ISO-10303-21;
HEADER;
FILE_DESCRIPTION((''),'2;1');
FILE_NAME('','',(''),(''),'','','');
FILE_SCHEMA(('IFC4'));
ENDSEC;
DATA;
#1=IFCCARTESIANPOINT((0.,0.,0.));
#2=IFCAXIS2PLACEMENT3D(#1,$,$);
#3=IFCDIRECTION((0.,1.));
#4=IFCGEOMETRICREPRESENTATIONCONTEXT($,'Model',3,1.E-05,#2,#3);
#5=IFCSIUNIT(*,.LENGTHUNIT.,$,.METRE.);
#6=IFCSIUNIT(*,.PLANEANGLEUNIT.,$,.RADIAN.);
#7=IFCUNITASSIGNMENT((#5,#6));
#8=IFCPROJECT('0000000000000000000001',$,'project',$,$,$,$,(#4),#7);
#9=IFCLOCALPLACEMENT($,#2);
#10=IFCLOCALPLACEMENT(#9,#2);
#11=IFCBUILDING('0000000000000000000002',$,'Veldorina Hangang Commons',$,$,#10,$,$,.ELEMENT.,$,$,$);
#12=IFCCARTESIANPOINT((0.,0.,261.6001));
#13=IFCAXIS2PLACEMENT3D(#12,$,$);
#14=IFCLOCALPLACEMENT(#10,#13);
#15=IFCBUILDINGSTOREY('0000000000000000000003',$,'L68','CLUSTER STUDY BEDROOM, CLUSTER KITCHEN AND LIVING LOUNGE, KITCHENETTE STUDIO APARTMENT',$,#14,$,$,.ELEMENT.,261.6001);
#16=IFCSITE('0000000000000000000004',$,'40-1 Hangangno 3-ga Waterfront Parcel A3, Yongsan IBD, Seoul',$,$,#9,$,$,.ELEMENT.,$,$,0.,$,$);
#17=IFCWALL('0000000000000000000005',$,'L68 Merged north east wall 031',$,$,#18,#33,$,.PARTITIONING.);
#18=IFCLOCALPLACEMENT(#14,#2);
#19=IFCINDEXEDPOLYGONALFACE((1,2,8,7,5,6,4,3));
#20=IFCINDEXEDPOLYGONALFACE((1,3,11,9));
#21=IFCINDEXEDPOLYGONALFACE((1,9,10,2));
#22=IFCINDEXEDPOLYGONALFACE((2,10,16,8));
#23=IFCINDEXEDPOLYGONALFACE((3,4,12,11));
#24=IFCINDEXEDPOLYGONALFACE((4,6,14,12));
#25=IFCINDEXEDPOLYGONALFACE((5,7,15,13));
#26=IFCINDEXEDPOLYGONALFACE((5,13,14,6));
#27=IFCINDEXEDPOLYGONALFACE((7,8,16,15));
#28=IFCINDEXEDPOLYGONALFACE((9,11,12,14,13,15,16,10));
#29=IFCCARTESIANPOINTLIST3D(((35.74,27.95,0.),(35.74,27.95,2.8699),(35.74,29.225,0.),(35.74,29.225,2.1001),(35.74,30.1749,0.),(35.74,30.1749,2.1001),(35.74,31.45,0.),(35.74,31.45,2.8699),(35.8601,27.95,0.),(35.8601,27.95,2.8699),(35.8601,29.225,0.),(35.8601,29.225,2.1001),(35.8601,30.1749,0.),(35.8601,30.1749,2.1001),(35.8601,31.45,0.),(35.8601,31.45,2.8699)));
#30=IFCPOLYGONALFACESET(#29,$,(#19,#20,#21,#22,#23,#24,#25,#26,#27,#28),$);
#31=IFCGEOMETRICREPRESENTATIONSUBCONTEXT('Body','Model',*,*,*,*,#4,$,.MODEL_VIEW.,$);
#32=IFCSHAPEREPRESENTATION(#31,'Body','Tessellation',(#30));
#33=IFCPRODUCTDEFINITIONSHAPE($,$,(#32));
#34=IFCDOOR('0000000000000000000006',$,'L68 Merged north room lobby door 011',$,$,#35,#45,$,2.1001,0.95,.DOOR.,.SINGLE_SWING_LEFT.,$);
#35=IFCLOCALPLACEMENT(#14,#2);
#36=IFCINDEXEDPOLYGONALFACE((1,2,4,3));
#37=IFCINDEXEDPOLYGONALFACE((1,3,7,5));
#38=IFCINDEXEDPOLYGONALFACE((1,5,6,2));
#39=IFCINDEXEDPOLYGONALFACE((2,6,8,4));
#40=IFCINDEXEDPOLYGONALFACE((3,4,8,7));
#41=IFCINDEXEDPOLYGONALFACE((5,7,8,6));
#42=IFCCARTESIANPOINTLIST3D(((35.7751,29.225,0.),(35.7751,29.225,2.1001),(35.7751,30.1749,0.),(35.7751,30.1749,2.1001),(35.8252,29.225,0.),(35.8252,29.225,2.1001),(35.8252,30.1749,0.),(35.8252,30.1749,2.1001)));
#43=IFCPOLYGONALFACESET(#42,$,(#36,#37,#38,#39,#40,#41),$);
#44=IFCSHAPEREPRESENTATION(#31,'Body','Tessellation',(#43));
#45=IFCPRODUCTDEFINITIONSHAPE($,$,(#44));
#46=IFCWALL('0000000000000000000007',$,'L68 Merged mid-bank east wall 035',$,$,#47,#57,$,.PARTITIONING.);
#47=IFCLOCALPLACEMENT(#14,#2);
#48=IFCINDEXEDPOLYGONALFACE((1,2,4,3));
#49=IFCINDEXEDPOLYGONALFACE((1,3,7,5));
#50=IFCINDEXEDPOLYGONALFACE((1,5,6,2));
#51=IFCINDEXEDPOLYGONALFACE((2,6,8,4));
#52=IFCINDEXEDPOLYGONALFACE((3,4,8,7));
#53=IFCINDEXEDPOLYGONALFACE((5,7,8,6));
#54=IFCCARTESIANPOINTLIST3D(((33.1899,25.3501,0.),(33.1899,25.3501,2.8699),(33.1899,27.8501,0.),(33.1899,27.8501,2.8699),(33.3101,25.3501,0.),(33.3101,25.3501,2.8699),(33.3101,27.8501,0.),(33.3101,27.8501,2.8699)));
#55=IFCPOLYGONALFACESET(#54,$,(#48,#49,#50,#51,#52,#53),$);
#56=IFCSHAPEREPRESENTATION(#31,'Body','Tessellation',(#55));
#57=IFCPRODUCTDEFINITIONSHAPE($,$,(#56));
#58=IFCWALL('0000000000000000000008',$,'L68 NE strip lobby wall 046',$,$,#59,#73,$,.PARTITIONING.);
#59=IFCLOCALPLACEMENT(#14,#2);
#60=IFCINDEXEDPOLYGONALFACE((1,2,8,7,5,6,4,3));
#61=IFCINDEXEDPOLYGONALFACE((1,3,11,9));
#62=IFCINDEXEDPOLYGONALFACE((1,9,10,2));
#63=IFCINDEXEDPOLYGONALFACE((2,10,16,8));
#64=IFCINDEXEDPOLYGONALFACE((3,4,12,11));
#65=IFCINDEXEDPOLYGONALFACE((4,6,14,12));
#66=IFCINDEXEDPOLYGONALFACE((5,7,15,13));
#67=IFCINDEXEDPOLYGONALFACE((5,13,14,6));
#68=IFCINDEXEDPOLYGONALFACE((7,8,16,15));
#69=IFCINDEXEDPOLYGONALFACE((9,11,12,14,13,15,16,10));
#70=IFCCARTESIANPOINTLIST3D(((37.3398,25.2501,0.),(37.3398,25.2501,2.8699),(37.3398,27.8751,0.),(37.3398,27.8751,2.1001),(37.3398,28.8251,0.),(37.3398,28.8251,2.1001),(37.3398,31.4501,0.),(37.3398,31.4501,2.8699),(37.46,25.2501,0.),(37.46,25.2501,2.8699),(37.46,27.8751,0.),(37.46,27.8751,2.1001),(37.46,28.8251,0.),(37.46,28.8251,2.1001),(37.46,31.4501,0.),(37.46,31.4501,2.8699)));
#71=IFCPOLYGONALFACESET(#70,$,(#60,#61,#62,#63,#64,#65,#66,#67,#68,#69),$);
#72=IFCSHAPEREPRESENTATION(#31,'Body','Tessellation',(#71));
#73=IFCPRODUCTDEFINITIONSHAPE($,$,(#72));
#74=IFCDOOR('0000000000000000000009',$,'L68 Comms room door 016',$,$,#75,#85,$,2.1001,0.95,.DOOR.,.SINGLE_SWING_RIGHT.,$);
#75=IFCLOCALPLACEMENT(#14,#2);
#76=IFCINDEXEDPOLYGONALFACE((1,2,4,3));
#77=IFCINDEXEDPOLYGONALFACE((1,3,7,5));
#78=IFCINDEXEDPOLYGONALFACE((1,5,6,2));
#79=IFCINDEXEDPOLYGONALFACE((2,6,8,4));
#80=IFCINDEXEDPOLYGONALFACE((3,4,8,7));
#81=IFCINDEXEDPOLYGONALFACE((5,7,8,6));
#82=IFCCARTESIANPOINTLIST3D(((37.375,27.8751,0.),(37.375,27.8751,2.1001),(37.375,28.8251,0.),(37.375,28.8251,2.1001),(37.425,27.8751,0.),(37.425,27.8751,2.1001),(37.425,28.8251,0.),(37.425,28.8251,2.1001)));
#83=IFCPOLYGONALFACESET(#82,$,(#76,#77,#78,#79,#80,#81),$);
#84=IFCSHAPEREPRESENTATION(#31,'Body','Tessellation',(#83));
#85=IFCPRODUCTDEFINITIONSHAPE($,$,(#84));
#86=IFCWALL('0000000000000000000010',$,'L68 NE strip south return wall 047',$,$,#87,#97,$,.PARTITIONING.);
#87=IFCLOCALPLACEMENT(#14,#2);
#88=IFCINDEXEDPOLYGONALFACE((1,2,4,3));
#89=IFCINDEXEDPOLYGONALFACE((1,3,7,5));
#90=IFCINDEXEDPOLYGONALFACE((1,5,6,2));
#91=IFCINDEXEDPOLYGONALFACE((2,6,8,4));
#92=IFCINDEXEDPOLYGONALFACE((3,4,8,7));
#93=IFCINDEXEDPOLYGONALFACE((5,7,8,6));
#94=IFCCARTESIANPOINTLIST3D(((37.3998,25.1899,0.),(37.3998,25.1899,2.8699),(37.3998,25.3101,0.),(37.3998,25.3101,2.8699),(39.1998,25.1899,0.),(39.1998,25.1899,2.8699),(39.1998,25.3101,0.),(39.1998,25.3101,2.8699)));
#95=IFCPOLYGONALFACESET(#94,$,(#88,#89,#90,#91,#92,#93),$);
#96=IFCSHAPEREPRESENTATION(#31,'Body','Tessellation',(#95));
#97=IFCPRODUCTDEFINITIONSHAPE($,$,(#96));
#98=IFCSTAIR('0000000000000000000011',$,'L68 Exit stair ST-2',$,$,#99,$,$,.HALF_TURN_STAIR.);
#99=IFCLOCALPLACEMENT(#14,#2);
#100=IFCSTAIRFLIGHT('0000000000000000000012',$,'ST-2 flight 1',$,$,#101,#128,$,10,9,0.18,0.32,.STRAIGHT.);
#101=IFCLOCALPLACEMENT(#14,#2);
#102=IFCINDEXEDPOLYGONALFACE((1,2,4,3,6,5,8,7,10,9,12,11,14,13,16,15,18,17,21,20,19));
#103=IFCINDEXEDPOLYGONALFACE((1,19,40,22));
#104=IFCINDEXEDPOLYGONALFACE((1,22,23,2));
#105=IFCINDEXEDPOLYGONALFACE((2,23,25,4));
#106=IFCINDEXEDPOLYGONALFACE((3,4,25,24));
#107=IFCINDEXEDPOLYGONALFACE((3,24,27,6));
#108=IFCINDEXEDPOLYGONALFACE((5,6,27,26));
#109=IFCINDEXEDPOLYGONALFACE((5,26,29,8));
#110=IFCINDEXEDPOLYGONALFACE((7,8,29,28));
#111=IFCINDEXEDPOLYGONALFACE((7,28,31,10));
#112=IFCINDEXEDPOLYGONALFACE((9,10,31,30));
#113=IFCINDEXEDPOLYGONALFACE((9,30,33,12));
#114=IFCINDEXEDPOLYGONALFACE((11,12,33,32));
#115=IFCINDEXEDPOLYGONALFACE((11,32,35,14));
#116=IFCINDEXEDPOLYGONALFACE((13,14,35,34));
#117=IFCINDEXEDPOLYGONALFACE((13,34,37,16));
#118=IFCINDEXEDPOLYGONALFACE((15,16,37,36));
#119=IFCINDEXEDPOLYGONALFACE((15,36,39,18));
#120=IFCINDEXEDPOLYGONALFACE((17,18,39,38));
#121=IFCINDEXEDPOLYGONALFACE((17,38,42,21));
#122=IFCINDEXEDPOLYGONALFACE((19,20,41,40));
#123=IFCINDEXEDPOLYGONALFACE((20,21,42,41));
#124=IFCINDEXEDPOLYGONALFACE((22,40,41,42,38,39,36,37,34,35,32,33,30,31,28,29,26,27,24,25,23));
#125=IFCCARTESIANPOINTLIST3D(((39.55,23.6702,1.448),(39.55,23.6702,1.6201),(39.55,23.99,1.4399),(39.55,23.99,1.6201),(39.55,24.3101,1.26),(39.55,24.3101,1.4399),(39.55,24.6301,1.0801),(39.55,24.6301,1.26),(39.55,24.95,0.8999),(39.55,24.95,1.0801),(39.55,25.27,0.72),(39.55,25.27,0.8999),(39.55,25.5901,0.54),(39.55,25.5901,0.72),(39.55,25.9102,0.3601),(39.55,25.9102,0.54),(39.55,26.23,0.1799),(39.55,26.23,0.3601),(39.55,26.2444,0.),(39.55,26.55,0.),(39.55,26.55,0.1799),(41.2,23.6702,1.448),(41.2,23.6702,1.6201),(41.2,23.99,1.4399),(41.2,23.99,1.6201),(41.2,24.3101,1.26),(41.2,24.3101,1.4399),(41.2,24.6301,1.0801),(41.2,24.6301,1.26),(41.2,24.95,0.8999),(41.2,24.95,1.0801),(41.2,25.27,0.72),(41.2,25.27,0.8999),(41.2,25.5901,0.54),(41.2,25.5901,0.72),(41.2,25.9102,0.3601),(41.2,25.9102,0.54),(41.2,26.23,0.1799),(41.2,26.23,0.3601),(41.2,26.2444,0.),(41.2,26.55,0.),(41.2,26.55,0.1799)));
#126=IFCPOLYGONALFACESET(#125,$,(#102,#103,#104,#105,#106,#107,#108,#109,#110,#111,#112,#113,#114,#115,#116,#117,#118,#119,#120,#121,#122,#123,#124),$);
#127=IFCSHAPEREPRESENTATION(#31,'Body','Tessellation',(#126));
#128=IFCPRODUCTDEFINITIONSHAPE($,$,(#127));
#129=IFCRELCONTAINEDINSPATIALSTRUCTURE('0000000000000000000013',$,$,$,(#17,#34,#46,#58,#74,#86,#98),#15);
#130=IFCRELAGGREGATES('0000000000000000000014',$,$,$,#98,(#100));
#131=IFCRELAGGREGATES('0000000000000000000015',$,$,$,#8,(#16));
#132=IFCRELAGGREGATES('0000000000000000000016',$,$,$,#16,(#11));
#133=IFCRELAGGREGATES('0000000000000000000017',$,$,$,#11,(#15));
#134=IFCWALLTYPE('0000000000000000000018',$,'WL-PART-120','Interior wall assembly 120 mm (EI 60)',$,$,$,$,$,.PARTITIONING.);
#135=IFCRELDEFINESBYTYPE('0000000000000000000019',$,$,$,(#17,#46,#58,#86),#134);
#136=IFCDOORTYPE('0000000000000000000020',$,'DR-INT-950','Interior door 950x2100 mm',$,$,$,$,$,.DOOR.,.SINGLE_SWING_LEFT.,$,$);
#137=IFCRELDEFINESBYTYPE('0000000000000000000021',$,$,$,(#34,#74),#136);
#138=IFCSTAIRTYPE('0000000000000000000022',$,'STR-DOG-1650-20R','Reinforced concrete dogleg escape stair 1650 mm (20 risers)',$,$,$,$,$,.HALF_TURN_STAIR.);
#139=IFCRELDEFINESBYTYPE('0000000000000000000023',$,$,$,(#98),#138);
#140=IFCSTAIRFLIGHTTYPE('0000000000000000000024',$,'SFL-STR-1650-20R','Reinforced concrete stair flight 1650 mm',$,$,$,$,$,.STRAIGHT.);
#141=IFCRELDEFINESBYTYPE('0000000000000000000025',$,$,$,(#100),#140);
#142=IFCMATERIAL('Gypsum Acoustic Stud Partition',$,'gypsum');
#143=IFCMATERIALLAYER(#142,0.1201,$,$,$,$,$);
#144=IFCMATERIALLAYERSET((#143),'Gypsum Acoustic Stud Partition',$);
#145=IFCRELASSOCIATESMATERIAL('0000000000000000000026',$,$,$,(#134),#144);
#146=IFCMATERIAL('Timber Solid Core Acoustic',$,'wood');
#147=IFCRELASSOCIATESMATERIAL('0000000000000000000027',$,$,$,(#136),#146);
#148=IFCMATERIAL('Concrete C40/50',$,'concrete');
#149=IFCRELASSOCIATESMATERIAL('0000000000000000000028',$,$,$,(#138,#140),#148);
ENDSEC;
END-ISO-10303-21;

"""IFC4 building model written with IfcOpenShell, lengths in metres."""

from ifc_helpers import new_model, si_unit, direction, frame, frame_2d, origin, place, context, subcontext, project, spatial, polyline, rectangle, outline, extrude, material, layer, layer_set, type_object, element, fill, aggregate, save


model = new_model("IFC4")

# Units and contexts
model_context = context("Model", 3, precision=1e-05, world=origin(), true_north=direction((0.0, 1.0)))
body_context = subcontext(model_context, "Body", "Model", "MODEL_VIEW")
ifc_project = project(units=[si_unit("LENGTHUNIT", "METRE"), si_unit("PLANEANGLEUNIT", "RADIAN")], contexts=[model_context])

# Site, building, storey
site_placement = place(None, origin())
site = spatial("IfcSite", under=ifc_project, at=site_placement, Name="40-1 Hangangno 3-ga Waterfront Parcel A3, Yongsan IBD, Seoul", CompositionType="ELEMENT", RefElevation=0.0)
building_placement = place(site_placement, origin())
building = spatial("IfcBuilding", under=site, at=building_placement, Name="Veldorina Hangang Commons", CompositionType="ELEMENT")
storey_placement = place(building_placement, frame((0.0, 0.0, 261.6001)))
storey = spatial("IfcBuildingStorey", under=building, at=storey_placement, Name="L68", Description="CLUSTER STUDY BEDROOM, CLUSTER KITCHEN AND LIVING LOUNGE, KITCHENETTE STUDIO APARTMENT", CompositionType="ELEMENT", Elevation=261.6001)

# Wall, opening, door
ifc_material_1 = material(Name="Gypsum Acoustic Stud Partition", Category="gypsum")
ifc_layer_1 = layer(ifc_material_1, 0.1201)
ifc_layer_set_1 = layer_set([ifc_layer_1], Name="Gypsum Acoustic Stud Partition")
wall_type_1 = type_object("IfcWallType", Name="WL-PART-120", Description="Interior wall assembly 120 mm (EI 60)", PredefinedType="PARTITIONING", material=ifc_layer_set_1)
wall_1_placement = place(storey_placement, frame((35.8, 27.95, 0.0), z_axis=(0.0, 0.0, 1.0), x_axis=(0.0, 1.0, 0.0)))
wall_1 = element("IfcWall", 1, at=wall_1_placement, inside=storey, type_object=wall_type_1, Name="L68 Merged north east wall 031", PredefinedType="PARTITIONING", context=body_context, shape_type="SweptSolid", body=[
    extrude(rectangle(XDim=3.5, YDim=0.1201, at=frame_2d((1.75, 0.0))), origin(), (0.0, 0.0, 1.0), 2.8699),
])
opening_1_placement = place(wall_1_placement, frame((1.2749, 0.0, 0.0)))
opening_1 = element("IfcOpeningElement", 2, at=opening_1_placement, cuts=wall_1, PredefinedType="OPENING", context=body_context, shape_type="SweptSolid", body=[
    extrude(rectangle(XDim=0.95, YDim=2.1001, at=frame_2d((0.4751, 1.05))), frame((0.0, 0.0701, 0.0), z_axis=(0.0, -1.0, 0.0), x_axis=(1.0, 0.0, 0.0)), (0.0, 0.0, 1.0), 0.1401),
])
ifc_material_2 = material(Name="Timber Solid Core Acoustic", Category="wood")
door_type_1 = type_object("IfcDoorType", Name="DR-INT-950", Description="Interior door 950x2100 mm", OperationType="SINGLE_SWING_LEFT", PredefinedType="DOOR", material=ifc_material_2)
door_1_placement = place(opening_1_placement, origin())
door_1 = element("IfcDoor", 3, at=door_1_placement, inside=storey, type_object=door_type_1, Name="L68 Merged north room lobby door 011", OperationType="SINGLE_SWING_LEFT", OverallHeight=2.1001, OverallWidth=0.95, PredefinedType="DOOR", context=body_context, shape_type="SweptSolid", body=[
    extrude(rectangle(XDim=0.95, YDim=2.1001, at=frame_2d((0.4751, 1.05))), frame((0.0, 0.0249, 0.0), z_axis=(0.0, -1.0, 0.0), x_axis=(1.0, 0.0, 0.0)), (0.0, 0.0, 1.0), 0.05),
])
fill(opening_1, door_1)

# Wall
wall_2_placement = place(storey_placement, frame((33.25, 25.3501, 0.0), z_axis=(0.0, 0.0, 1.0), x_axis=(0.0, 1.0, 0.0)))
element("IfcWall", 4, at=wall_2_placement, inside=storey, type_object=wall_type_1, Name="L68 Merged mid-bank east wall 035", PredefinedType="PARTITIONING", context=body_context, shape_type="SweptSolid", body=[
    extrude(rectangle(XDim=2.5, YDim=0.1201, at=frame_2d((1.25, 0.0))), origin(), (0.0, 0.0, 1.0), 2.8699),
])

# Wall, opening, door
wall_3_placement = place(storey_placement, frame((37.3999, 25.25, 0.0), z_axis=(0.0, 0.0, 1.0), x_axis=(0.0, 1.0, 0.0)))
wall_3 = element("IfcWall", 5, at=wall_3_placement, inside=storey, type_object=wall_type_1, Name="L68 NE strip lobby wall 046", PredefinedType="PARTITIONING", context=body_context, shape_type="SweptSolid", body=[
    extrude(rectangle(XDim=6.2, YDim=0.1201, at=frame_2d((3.1001, 0.0))), origin(), (0.0, 0.0, 1.0), 2.8699),
])
opening_2_placement = place(wall_3_placement, frame((2.625, 0.0, 0.0)))
opening_2 = element("IfcOpeningElement", 6, at=opening_2_placement, cuts=wall_3, PredefinedType="OPENING", context=body_context, shape_type="SweptSolid", body=[
    extrude(rectangle(XDim=0.95, YDim=2.1001, at=frame_2d((0.4751, 1.05))), frame((0.0, 0.0701, 0.0), z_axis=(0.0, -1.0, 0.0), x_axis=(1.0, 0.0, 0.0)), (0.0, 0.0, 1.0), 0.1401),
])
door_2_placement = place(opening_2_placement, origin())
door_2 = element("IfcDoor", 7, at=door_2_placement, inside=storey, type_object=door_type_1, Name="L68 Comms room door 016", OperationType="SINGLE_SWING_RIGHT", OverallHeight=2.1001, OverallWidth=0.95, PredefinedType="DOOR", context=body_context, shape_type="SweptSolid", body=[
    extrude(rectangle(XDim=0.95, YDim=2.1001, at=frame_2d((0.4751, 1.05))), frame((0.0, 0.0249, 0.0), z_axis=(0.0, -1.0, 0.0), x_axis=(1.0, 0.0, 0.0)), (0.0, 0.0, 1.0), 0.05),
])
fill(opening_2, door_2)

# Wall
wall_4_placement = place(storey_placement, frame((37.3999, 25.25, 0.0), z_axis=(0.0, 0.0, 1.0), x_axis=(1.0, 0.0, 0.0)))
element("IfcWall", 8, at=wall_4_placement, inside=storey, type_object=wall_type_1, Name="L68 NE strip south return wall 047", PredefinedType="PARTITIONING", context=body_context, shape_type="SweptSolid", body=[
    extrude(rectangle(XDim=1.8, YDim=0.1201, at=frame_2d((0.8999, 0.0))), origin(), (0.0, 0.0, 1.0), 2.8699),
])

# Stair, stair flight
ifc_material_3 = material(Name="Concrete C40/50", Category="concrete")
stair_type = type_object("IfcStairType", Name="STR-DOG-1650-20R", Description="Reinforced concrete dogleg escape stair 1650 mm (20 risers)", PredefinedType="HALF_TURN_STAIR", material=ifc_material_3)
stair_placement = place(storey_placement, origin())
stair = element("IfcStair", 9, at=stair_placement, inside=storey, type_object=stair_type, Name="L68 Exit stair ST-2", PredefinedType="HALF_TURN_STAIR")
stair_flight_type = type_object("IfcStairFlightType", Name="SFL-STR-1650-20R", Description="Reinforced concrete stair flight 1650 mm", PredefinedType="STRAIGHT", material=ifc_material_3)
stair_flight_placement = place(storey_placement, frame((40.375, 26.55, 0.0), z_axis=(0.0, 0.0, 1.0), x_axis=(0.0, -1.0, 0.0)))
stair_flight = element("IfcStairFlight", 10, at=stair_flight_placement, type_object=stair_flight_type, Name="ST-2 flight 1", NumberOfRisers=10, NumberOfTreads=9, PredefinedType="STRAIGHT", RiserHeight=0.18, TreadLength=0.32, context=body_context, shape_type="SweptSolid", body=[
    extrude(outline(polyline([(0.0, 0.0), (0.0, 0.1799), (0.3201, 0.1799), (0.3201, 0.3601), (0.6399, 0.3601), (0.6399, 0.54), (0.96, 0.54), (0.96, 0.72), (1.28, 0.72), (1.28, 0.8999), (1.6001, 0.8999), (1.6001, 1.0801), (1.9199, 1.0801), (1.9199, 1.26), (2.24, 1.26), (2.24, 1.4399), (2.5601, 1.4399), (2.5601, 1.6201), (2.8799, 1.6201), (2.8799, 1.8), (2.8799, 1.448), (0.3057, 0.0), (0.0, 0.0)])), frame((0.0, 0.825, 0.0), z_axis=(0.0, -1.0, 0.0), x_axis=(1.0, 0.0, 0.0)), (0.0, 0.0, 1.0), 1.6499),
])
aggregate(stair, [stair_flight])

save(model, "model.ifc")
